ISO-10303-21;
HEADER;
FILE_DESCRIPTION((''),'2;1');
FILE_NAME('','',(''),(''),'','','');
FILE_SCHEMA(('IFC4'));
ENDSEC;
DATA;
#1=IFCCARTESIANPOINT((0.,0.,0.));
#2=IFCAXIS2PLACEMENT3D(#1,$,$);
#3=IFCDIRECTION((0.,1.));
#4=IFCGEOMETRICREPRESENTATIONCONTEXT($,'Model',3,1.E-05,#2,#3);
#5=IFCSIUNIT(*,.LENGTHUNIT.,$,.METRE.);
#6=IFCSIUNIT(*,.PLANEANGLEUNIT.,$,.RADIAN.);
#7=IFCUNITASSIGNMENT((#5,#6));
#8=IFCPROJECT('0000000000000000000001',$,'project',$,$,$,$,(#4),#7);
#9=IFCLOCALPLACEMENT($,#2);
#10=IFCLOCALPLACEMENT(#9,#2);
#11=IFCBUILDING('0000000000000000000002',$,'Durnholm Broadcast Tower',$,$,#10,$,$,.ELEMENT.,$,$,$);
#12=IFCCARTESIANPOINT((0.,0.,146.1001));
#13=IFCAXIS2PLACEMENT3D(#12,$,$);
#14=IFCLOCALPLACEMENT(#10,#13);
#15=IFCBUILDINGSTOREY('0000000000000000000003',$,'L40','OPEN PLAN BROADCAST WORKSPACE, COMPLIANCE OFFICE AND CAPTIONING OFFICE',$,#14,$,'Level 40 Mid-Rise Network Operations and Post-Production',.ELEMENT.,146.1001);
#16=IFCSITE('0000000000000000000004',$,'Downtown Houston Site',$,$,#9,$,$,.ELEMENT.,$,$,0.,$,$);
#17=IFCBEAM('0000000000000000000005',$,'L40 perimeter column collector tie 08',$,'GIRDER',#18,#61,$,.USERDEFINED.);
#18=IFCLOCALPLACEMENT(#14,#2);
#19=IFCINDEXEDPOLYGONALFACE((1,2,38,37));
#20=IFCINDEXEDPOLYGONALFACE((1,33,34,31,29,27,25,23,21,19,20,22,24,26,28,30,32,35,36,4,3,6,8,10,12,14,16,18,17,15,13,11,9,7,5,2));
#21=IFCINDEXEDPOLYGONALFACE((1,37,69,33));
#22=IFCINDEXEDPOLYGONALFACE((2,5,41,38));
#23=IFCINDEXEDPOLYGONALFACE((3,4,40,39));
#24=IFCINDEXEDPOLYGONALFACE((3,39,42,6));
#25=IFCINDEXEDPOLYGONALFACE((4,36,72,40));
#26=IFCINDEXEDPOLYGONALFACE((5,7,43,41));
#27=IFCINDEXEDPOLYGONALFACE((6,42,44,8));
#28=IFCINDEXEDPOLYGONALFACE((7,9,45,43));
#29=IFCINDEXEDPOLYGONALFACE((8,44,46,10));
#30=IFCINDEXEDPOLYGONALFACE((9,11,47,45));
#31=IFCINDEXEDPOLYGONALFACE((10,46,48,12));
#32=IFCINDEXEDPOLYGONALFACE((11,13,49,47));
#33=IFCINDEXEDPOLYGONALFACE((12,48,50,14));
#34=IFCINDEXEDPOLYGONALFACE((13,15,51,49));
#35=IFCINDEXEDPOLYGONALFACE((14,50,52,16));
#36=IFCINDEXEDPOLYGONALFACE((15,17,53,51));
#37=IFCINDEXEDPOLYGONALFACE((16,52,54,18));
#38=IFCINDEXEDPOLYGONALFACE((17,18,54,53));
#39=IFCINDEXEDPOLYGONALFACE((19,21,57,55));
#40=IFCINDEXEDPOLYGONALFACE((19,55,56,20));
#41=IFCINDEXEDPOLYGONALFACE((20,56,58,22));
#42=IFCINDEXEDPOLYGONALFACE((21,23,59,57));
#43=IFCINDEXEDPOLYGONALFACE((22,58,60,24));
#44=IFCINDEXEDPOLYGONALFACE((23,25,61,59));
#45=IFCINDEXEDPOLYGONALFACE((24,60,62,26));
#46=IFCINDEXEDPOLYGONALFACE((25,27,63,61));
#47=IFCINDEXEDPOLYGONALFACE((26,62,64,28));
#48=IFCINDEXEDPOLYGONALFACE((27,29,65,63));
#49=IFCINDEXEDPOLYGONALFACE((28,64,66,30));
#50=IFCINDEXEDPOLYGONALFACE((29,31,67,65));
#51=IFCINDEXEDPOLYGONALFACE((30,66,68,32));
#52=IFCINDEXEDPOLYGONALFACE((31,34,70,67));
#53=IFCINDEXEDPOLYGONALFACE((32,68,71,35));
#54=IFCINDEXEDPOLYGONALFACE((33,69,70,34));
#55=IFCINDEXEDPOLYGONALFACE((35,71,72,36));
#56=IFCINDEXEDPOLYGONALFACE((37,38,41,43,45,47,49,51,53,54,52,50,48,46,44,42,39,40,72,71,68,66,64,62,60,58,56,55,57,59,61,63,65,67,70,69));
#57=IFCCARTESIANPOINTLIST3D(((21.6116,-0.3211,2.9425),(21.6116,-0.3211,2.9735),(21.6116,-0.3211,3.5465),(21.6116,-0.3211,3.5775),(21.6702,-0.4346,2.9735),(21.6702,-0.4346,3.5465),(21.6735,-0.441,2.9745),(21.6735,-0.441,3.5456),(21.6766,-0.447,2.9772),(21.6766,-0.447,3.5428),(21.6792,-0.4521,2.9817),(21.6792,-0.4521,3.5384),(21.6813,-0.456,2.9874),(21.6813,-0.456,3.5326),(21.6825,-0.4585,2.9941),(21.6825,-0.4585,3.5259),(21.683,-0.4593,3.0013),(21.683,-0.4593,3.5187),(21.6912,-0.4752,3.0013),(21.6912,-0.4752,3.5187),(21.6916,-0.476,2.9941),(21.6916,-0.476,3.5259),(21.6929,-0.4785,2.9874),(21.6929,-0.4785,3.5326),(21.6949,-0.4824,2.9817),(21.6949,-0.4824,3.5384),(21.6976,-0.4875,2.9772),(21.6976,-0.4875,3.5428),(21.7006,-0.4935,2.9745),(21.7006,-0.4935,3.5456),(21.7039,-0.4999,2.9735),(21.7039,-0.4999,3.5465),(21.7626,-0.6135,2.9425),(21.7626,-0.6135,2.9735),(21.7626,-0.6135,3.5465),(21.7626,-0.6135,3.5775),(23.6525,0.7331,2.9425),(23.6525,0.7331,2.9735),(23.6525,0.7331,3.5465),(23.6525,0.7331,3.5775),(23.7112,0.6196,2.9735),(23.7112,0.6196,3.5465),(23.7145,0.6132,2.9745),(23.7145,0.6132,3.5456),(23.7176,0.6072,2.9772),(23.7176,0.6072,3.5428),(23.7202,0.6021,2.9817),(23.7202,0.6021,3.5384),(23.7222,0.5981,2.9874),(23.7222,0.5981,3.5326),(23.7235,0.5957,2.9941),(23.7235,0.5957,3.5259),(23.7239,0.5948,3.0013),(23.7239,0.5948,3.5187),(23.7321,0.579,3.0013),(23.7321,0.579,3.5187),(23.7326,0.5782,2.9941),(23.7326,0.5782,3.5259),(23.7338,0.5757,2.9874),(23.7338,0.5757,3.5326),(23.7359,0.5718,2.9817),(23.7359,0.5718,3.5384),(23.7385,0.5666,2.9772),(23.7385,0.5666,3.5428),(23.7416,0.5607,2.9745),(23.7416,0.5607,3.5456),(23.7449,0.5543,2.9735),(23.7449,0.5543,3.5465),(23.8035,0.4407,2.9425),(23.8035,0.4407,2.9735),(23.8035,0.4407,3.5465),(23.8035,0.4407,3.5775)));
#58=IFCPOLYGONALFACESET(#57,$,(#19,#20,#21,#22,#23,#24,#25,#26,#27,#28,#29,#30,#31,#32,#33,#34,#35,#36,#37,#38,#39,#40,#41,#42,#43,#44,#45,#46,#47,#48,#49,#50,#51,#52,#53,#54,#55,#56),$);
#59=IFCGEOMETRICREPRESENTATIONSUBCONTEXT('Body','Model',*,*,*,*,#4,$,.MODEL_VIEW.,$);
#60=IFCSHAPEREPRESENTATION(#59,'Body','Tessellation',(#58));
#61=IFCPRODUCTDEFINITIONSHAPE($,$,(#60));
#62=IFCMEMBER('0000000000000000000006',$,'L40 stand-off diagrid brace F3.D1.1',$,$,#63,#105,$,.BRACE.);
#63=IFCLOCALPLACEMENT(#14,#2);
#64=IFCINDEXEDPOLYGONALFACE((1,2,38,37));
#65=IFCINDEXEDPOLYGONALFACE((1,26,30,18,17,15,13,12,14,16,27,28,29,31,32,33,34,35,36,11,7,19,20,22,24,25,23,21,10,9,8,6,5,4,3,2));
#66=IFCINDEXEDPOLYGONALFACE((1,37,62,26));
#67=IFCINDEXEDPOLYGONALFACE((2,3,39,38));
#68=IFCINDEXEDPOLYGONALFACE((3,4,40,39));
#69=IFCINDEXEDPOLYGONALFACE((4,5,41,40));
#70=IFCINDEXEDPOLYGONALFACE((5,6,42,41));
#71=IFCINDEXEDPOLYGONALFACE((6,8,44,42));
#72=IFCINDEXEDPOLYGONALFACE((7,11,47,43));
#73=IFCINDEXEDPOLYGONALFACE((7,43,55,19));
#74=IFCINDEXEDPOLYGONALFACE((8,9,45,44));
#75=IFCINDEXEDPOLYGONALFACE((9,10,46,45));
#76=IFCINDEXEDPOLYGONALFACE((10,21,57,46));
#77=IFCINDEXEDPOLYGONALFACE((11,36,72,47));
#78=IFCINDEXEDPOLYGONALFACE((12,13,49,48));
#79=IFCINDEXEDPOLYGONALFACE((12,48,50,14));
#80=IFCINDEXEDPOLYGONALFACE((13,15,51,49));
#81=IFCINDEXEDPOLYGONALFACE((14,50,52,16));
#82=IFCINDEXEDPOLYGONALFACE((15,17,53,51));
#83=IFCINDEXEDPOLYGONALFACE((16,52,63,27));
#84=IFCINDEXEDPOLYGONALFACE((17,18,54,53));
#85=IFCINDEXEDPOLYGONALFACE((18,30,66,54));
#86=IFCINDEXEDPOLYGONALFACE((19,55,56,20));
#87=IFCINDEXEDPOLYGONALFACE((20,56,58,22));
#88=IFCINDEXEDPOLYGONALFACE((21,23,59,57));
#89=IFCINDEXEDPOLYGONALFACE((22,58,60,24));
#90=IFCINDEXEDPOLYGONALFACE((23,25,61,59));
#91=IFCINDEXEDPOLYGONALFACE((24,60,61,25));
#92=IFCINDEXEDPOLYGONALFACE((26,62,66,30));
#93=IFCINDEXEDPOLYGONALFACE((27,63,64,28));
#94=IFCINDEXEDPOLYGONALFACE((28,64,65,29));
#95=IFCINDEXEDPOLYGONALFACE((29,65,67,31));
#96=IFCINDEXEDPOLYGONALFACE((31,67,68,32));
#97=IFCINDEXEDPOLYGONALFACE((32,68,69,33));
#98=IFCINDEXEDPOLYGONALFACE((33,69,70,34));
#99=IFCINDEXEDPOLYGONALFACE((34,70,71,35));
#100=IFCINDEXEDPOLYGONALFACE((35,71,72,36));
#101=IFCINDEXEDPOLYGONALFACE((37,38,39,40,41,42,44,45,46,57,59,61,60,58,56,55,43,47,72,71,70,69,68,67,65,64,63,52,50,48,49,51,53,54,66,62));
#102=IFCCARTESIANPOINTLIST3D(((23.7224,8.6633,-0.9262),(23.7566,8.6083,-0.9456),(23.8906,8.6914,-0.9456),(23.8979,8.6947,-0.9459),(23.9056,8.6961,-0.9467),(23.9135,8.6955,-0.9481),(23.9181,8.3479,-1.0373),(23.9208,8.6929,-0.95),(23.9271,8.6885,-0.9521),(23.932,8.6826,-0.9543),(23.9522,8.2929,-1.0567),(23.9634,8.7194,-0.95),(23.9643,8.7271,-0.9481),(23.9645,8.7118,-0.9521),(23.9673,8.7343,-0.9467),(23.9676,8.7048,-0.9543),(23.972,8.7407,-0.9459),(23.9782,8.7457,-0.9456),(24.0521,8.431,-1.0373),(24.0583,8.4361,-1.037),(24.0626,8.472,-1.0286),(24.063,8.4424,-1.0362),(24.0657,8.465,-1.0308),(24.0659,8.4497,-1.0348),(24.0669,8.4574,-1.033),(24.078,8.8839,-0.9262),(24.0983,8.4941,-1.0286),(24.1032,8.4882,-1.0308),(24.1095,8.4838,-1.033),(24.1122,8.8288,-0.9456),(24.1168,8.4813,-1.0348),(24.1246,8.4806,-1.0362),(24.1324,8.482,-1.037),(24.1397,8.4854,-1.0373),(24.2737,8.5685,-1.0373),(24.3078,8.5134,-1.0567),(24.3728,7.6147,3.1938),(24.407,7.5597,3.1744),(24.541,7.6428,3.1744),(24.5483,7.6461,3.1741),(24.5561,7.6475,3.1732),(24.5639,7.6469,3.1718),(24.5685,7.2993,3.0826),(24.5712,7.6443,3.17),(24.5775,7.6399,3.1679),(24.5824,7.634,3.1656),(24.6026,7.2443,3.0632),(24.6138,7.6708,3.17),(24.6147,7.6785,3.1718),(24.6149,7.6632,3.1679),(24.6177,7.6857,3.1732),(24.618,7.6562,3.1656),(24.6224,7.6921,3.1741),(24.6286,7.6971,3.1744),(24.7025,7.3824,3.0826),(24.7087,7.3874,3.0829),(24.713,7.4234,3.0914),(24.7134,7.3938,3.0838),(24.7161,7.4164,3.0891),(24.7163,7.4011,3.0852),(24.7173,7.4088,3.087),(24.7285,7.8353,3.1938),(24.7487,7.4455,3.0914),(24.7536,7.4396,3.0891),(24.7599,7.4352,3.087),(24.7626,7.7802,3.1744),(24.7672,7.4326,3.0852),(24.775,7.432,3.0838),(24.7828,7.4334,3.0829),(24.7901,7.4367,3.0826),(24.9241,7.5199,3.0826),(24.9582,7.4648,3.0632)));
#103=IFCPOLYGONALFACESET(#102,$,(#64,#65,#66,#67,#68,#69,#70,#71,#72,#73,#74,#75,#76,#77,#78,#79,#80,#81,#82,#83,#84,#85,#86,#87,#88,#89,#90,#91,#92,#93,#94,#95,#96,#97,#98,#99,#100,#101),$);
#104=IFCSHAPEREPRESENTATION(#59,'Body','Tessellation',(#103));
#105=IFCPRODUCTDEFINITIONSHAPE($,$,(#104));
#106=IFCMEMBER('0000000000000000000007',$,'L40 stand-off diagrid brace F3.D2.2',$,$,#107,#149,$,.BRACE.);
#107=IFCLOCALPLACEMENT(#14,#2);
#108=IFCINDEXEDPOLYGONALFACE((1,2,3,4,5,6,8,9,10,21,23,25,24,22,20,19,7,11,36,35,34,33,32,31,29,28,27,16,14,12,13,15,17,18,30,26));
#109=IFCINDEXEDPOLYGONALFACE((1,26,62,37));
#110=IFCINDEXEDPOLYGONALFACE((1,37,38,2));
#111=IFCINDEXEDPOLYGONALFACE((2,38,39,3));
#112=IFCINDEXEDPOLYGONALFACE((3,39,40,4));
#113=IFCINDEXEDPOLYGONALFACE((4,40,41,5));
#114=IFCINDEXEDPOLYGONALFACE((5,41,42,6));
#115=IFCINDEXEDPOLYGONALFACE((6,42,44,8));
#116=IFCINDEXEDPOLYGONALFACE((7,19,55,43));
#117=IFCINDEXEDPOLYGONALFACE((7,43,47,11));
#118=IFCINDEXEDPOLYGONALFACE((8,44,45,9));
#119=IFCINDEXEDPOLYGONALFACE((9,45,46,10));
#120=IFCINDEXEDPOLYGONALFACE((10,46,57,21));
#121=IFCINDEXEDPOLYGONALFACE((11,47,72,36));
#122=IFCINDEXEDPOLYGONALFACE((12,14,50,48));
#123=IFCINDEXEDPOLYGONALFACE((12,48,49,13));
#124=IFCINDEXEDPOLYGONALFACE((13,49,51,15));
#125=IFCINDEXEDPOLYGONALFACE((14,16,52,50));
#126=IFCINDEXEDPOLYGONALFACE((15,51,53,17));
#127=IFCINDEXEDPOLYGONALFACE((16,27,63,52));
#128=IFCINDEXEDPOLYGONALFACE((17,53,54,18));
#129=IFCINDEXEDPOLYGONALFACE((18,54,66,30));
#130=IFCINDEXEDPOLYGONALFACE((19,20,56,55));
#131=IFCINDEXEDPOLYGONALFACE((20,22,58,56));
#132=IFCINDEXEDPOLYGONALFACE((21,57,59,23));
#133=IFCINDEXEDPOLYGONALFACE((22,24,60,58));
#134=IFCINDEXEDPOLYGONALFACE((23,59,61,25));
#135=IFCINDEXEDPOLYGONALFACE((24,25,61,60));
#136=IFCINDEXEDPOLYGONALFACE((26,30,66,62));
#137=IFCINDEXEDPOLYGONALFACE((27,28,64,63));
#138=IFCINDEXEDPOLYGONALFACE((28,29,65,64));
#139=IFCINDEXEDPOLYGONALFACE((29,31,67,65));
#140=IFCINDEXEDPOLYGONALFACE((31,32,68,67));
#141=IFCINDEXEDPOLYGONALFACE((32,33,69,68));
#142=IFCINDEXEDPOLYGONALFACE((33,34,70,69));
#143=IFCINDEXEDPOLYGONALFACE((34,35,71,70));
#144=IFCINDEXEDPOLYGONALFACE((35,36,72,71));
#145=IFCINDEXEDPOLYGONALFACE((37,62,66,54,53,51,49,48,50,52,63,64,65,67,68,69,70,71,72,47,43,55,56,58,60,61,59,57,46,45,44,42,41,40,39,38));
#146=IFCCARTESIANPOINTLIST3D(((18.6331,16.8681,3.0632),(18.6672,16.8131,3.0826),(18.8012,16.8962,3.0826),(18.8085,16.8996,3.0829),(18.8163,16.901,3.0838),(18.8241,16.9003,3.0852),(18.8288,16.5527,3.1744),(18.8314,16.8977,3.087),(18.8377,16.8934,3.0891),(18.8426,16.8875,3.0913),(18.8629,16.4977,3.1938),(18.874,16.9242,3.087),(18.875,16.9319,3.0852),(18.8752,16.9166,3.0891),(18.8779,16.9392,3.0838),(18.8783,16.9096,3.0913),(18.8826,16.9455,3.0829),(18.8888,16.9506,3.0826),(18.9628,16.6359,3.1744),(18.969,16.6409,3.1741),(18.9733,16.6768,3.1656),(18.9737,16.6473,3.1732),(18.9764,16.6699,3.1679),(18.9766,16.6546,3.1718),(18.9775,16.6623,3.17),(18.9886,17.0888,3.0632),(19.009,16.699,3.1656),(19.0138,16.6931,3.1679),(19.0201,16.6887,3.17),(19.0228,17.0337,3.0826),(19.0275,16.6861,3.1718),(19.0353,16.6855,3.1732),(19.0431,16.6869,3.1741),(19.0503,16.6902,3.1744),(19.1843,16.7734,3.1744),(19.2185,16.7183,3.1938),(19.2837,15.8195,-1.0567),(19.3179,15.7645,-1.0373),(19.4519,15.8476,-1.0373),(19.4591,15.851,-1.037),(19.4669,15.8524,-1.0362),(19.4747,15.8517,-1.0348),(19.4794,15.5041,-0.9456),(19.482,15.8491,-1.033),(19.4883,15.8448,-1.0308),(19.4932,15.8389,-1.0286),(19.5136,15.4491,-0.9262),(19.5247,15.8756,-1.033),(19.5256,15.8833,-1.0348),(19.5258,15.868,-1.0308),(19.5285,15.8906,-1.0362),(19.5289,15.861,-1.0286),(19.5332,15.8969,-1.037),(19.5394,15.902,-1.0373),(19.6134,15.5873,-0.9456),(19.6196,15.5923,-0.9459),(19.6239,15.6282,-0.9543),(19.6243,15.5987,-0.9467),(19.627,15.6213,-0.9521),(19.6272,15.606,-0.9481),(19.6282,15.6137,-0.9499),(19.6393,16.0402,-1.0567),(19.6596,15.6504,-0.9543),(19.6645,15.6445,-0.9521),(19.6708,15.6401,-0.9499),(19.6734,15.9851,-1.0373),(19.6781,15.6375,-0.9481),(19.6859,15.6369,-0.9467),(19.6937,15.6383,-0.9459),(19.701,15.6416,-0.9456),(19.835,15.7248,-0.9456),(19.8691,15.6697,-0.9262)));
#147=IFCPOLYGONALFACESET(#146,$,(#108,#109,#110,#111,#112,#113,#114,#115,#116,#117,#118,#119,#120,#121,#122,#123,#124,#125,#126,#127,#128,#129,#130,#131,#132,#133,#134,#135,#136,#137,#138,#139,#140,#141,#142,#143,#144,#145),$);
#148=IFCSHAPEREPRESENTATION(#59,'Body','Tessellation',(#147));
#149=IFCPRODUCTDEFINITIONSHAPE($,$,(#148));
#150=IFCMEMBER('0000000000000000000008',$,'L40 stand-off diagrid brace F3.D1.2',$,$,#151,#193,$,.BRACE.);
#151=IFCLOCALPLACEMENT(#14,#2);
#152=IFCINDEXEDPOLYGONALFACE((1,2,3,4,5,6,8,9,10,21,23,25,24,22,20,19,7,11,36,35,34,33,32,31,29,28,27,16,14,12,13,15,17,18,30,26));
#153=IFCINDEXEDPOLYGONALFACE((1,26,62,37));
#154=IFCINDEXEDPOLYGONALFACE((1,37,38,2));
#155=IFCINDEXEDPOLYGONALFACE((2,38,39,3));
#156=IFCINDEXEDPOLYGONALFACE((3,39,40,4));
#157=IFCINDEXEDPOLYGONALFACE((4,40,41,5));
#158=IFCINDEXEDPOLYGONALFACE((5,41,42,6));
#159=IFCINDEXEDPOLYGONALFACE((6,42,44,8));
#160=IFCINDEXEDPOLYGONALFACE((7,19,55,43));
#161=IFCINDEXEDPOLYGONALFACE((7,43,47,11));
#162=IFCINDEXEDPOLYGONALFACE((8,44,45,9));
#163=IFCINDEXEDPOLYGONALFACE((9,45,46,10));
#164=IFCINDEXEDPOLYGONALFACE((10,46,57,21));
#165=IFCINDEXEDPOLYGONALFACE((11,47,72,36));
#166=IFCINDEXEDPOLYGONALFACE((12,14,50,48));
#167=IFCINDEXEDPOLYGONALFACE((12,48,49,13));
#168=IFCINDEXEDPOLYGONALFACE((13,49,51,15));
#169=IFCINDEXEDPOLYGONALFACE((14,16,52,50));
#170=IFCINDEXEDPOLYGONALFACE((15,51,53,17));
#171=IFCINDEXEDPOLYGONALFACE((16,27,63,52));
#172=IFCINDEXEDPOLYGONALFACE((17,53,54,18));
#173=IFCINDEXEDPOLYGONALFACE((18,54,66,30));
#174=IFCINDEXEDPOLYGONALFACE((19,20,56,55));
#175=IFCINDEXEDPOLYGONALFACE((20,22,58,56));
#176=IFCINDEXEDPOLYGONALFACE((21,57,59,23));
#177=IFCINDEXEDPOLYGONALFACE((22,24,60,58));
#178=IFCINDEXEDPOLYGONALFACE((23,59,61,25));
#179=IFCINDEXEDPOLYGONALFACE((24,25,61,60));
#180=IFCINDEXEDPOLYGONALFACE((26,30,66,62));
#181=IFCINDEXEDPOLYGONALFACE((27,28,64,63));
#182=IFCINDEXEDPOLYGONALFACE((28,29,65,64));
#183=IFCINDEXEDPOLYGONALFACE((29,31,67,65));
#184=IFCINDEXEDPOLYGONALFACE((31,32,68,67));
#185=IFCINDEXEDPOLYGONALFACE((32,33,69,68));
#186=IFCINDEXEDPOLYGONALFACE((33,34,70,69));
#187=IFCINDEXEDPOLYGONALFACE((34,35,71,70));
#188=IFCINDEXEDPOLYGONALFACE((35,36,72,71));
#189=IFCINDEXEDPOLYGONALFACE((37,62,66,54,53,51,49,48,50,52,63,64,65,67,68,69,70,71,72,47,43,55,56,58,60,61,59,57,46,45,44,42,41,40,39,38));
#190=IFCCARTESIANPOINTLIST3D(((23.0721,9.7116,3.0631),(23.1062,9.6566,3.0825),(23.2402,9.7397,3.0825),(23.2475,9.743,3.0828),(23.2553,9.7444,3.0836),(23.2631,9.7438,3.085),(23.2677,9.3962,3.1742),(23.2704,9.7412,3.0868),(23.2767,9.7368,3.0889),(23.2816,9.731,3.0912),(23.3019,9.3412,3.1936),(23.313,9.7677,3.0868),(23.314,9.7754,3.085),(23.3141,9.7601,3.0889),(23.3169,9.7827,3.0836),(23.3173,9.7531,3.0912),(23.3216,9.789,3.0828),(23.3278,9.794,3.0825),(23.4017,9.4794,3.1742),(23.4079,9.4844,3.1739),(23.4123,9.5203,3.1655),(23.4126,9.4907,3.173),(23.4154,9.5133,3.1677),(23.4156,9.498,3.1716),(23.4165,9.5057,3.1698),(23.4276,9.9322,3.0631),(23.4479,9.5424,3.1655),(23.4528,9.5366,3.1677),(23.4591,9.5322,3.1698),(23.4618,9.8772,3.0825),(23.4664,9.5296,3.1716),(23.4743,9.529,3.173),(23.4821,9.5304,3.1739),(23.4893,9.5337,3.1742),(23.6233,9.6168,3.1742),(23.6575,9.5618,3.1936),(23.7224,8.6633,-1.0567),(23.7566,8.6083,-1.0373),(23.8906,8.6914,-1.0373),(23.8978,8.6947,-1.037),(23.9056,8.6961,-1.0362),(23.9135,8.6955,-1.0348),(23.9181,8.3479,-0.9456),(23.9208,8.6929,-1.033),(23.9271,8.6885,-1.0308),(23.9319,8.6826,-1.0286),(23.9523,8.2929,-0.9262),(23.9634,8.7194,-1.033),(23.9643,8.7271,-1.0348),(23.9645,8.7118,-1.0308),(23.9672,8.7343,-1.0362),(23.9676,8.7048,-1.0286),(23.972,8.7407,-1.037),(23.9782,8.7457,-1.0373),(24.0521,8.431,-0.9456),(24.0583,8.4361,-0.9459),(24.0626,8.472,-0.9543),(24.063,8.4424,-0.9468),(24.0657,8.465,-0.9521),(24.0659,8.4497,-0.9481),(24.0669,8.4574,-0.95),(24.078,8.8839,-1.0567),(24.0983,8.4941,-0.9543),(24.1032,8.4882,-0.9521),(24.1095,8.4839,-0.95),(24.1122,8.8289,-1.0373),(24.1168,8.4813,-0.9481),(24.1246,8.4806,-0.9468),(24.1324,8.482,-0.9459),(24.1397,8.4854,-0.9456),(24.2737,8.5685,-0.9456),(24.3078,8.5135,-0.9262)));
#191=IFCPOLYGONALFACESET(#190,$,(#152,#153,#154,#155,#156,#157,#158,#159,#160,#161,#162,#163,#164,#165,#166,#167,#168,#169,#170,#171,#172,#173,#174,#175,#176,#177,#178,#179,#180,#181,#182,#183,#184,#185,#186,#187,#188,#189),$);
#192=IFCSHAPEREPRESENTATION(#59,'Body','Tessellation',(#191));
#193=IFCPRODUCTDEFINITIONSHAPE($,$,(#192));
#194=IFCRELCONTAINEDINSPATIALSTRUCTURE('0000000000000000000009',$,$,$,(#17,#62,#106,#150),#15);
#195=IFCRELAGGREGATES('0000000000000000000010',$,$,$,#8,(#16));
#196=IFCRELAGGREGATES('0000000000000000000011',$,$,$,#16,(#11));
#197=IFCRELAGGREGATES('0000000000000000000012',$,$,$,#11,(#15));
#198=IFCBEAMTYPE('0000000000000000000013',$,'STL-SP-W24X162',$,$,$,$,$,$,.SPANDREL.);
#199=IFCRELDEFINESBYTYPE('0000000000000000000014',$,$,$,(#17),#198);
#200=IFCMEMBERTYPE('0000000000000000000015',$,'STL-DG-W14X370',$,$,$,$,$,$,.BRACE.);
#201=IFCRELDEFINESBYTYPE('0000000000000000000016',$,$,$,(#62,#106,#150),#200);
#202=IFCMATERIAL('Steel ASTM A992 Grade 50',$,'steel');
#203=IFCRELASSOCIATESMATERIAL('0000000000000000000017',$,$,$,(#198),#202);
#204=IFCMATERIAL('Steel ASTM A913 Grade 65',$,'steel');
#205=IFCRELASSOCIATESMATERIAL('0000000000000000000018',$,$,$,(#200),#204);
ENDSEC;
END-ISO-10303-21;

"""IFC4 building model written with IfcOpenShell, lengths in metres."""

from ifc_helpers import new_model, si_unit, direction, frame, origin, origin_2d, place, context, subcontext, project, spatial, i_section, extrude, source, transform, mapped, material, material_profile, profile_set, type_object, type_shapes, element, save


model = new_model("IFC4")

# Units and contexts
model_context = context("Model", 3, precision=1e-05, world=origin(), true_north=direction((0.0, 1.0)))
body_context = subcontext(model_context, "Body", "Model", "MODEL_VIEW")
ifc_project = project(units=[si_unit("LENGTHUNIT", "METRE"), si_unit("PLANEANGLEUNIT", "RADIAN")], contexts=[model_context])

# Site, building, storey
site_placement = place(None, origin())
site = spatial("IfcSite", under=ifc_project, at=site_placement, Name="Downtown Houston Site", CompositionType="ELEMENT", RefElevation=0.0)
building_placement = place(site_placement, origin())
building = spatial("IfcBuilding", under=site, at=building_placement, Name="Durnholm Broadcast Tower", CompositionType="ELEMENT")
storey_placement = place(building_placement, frame((0.0, 0.0, 146.1001)))
storey = spatial("IfcBuildingStorey", under=building, at=storey_placement, Name="L40", Description="OPEN PLAN BROADCAST WORKSPACE, COMPLIANCE OFFICE AND CAPTIONING OFFICE", LongName="Level 40 Mid-Rise Network Operations and Post-Production", CompositionType="ELEMENT", Elevation=146.1001)

# Beam
ifc_material_1 = material(Name="Steel ASTM A992 Grade 50", Category="steel")
ifc_material_profile_1 = material_profile(ifc_material_1, i_section(OverallWidth=0.3291, OverallDepth=0.635, WebThickness=0.0178, FlangeThickness=0.031, FilletRadius=0.0278, at=origin_2d()), Name="W24X162")
ifc_profile_set_1 = profile_set([ifc_material_profile_1], Name="Steel ASTM A992 Grade 50")
beam_type_1 = type_object("IfcBeamType", Name="STL-SP-W24X162", PredefinedType="SPANDREL", material=ifc_profile_set_1)
shared_shape_1 = source(origin(), body_context, "Body", "SweptSolid", [
    extrude(i_section(OverallWidth=0.3291, OverallDepth=0.635, WebThickness=0.0178, FlangeThickness=0.031, FilletRadius=0.0278, at=origin_2d()), origin(), (0.0, 0.0, 1.0), 2.2971),
])
beam_1_placement = place(storey_placement, frame((23.728, 0.5869, 3.26), z_axis=(-0.888484, -0.458908, 0.0), x_axis=(0.458908, -0.888484, 0.0)))
element("IfcBeam", 1, at=beam_1_placement, inside=storey, type_object=beam_type_1, Name="L40 perimeter column collector tie 08", ObjectType="GIRDER", PredefinedType="USERDEFINED", context=body_context, shape_type="MappedRepresentation", body=[
    mapped(shared_shape_1, transform((0.0, 0.0, 0.0), x_axis=(1.0, 0.0, 0.0), y_axis=(0.0, 1.0, 0.0), z_axis=(0.0, 0.0, 1.0), scale=1.0)),
])

# Members
ifc_material_2 = material(Name="Steel ASTM A913 Grade 65", Category="steel")
ifc_material_profile_2 = material_profile(ifc_material_2, i_section(OverallWidth=0.4185, OverallDepth=0.4551, WebThickness=0.042, FlangeThickness=0.0676, FilletRadius=0.0305, at=origin_2d()), Name="W14X370")
ifc_profile_set_2 = profile_set([ifc_material_profile_2], Name="Steel ASTM A913 Grade 65")
member_type_1 = type_object("IfcMemberType", Name="STL-DG-W14X370", PredefinedType="BRACE", material=ifc_profile_set_2)
shared_shape_2 = source(origin(), body_context, "Body", "SweptSolid", [
    extrude(i_section(OverallWidth=0.4185, OverallDepth=0.4551, WebThickness=0.042, FlangeThickness=0.0676, FilletRadius=0.0305, at=origin_2d()), origin(), (0.0, 0.0, 1.0), 4.3008),
])
for number, where, z_axis, x_axis, name in (
    (2, (24.0151, 8.5884, -0.9915), (0.15123, -0.243818, 0.957957), (0.849805, 0.527097, 0.0), "L40 stand-off diagrid brace F3.D1.1"),
    (3, (19.5764, 15.7446, -0.9915), (-0.151285, 0.243816, 0.957949), (-0.849717, -0.52724, 0.0), "L40 stand-off diagrid brace F3.D2.2"),
):
    element("IfcMember", number, at=place(storey_placement, frame(where, z_axis=z_axis, x_axis=x_axis)), inside=storey, type_object=member_type_1, Name=name, PredefinedType="BRACE", context=body_context, shape_type="MappedRepresentation", body=[
        mapped(shared_shape_2, transform((0.0, 0.0, 0.0), x_axis=(1.0, 0.0, 0.0), y_axis=(0.0, 1.0, 0.0), z_axis=(0.0, 0.0, 1.0), scale=1.0)),
    ])
shared_shape_3 = source(origin(), body_context, "Body", "SweptSolid", [
    extrude(i_section(OverallWidth=0.4185, OverallDepth=0.4551, WebThickness=0.042, FlangeThickness=0.0676, FilletRadius=0.0305, at=origin_2d()), origin(), (0.0, 0.0, 1.0), 4.3005),
])
type_shapes(member_type_1, [shared_shape_2, shared_shape_3])
for number, where, z_axis, x_axis, name in (
    (4, (24.0151, 8.5884, -0.9915), (-0.151232, 0.243765, 0.957971), (-0.84975, -0.527186, 0.0), "L40 stand-off diagrid brace F3.D1.2"),
):
    element("IfcMember", number, at=place(storey_placement, frame(where, z_axis=z_axis, x_axis=x_axis)), inside=storey, type_object=member_type_1, Name=name, PredefinedType="BRACE", context=body_context, shape_type="MappedRepresentation", body=[
        mapped(shared_shape_3, transform((0.0, 0.0, 0.0), x_axis=(1.0, 0.0, 0.0), y_axis=(0.0, 1.0, 0.0), z_axis=(0.0, 0.0, 1.0), scale=1.0)),
    ])

save(model, "model.ifc")
